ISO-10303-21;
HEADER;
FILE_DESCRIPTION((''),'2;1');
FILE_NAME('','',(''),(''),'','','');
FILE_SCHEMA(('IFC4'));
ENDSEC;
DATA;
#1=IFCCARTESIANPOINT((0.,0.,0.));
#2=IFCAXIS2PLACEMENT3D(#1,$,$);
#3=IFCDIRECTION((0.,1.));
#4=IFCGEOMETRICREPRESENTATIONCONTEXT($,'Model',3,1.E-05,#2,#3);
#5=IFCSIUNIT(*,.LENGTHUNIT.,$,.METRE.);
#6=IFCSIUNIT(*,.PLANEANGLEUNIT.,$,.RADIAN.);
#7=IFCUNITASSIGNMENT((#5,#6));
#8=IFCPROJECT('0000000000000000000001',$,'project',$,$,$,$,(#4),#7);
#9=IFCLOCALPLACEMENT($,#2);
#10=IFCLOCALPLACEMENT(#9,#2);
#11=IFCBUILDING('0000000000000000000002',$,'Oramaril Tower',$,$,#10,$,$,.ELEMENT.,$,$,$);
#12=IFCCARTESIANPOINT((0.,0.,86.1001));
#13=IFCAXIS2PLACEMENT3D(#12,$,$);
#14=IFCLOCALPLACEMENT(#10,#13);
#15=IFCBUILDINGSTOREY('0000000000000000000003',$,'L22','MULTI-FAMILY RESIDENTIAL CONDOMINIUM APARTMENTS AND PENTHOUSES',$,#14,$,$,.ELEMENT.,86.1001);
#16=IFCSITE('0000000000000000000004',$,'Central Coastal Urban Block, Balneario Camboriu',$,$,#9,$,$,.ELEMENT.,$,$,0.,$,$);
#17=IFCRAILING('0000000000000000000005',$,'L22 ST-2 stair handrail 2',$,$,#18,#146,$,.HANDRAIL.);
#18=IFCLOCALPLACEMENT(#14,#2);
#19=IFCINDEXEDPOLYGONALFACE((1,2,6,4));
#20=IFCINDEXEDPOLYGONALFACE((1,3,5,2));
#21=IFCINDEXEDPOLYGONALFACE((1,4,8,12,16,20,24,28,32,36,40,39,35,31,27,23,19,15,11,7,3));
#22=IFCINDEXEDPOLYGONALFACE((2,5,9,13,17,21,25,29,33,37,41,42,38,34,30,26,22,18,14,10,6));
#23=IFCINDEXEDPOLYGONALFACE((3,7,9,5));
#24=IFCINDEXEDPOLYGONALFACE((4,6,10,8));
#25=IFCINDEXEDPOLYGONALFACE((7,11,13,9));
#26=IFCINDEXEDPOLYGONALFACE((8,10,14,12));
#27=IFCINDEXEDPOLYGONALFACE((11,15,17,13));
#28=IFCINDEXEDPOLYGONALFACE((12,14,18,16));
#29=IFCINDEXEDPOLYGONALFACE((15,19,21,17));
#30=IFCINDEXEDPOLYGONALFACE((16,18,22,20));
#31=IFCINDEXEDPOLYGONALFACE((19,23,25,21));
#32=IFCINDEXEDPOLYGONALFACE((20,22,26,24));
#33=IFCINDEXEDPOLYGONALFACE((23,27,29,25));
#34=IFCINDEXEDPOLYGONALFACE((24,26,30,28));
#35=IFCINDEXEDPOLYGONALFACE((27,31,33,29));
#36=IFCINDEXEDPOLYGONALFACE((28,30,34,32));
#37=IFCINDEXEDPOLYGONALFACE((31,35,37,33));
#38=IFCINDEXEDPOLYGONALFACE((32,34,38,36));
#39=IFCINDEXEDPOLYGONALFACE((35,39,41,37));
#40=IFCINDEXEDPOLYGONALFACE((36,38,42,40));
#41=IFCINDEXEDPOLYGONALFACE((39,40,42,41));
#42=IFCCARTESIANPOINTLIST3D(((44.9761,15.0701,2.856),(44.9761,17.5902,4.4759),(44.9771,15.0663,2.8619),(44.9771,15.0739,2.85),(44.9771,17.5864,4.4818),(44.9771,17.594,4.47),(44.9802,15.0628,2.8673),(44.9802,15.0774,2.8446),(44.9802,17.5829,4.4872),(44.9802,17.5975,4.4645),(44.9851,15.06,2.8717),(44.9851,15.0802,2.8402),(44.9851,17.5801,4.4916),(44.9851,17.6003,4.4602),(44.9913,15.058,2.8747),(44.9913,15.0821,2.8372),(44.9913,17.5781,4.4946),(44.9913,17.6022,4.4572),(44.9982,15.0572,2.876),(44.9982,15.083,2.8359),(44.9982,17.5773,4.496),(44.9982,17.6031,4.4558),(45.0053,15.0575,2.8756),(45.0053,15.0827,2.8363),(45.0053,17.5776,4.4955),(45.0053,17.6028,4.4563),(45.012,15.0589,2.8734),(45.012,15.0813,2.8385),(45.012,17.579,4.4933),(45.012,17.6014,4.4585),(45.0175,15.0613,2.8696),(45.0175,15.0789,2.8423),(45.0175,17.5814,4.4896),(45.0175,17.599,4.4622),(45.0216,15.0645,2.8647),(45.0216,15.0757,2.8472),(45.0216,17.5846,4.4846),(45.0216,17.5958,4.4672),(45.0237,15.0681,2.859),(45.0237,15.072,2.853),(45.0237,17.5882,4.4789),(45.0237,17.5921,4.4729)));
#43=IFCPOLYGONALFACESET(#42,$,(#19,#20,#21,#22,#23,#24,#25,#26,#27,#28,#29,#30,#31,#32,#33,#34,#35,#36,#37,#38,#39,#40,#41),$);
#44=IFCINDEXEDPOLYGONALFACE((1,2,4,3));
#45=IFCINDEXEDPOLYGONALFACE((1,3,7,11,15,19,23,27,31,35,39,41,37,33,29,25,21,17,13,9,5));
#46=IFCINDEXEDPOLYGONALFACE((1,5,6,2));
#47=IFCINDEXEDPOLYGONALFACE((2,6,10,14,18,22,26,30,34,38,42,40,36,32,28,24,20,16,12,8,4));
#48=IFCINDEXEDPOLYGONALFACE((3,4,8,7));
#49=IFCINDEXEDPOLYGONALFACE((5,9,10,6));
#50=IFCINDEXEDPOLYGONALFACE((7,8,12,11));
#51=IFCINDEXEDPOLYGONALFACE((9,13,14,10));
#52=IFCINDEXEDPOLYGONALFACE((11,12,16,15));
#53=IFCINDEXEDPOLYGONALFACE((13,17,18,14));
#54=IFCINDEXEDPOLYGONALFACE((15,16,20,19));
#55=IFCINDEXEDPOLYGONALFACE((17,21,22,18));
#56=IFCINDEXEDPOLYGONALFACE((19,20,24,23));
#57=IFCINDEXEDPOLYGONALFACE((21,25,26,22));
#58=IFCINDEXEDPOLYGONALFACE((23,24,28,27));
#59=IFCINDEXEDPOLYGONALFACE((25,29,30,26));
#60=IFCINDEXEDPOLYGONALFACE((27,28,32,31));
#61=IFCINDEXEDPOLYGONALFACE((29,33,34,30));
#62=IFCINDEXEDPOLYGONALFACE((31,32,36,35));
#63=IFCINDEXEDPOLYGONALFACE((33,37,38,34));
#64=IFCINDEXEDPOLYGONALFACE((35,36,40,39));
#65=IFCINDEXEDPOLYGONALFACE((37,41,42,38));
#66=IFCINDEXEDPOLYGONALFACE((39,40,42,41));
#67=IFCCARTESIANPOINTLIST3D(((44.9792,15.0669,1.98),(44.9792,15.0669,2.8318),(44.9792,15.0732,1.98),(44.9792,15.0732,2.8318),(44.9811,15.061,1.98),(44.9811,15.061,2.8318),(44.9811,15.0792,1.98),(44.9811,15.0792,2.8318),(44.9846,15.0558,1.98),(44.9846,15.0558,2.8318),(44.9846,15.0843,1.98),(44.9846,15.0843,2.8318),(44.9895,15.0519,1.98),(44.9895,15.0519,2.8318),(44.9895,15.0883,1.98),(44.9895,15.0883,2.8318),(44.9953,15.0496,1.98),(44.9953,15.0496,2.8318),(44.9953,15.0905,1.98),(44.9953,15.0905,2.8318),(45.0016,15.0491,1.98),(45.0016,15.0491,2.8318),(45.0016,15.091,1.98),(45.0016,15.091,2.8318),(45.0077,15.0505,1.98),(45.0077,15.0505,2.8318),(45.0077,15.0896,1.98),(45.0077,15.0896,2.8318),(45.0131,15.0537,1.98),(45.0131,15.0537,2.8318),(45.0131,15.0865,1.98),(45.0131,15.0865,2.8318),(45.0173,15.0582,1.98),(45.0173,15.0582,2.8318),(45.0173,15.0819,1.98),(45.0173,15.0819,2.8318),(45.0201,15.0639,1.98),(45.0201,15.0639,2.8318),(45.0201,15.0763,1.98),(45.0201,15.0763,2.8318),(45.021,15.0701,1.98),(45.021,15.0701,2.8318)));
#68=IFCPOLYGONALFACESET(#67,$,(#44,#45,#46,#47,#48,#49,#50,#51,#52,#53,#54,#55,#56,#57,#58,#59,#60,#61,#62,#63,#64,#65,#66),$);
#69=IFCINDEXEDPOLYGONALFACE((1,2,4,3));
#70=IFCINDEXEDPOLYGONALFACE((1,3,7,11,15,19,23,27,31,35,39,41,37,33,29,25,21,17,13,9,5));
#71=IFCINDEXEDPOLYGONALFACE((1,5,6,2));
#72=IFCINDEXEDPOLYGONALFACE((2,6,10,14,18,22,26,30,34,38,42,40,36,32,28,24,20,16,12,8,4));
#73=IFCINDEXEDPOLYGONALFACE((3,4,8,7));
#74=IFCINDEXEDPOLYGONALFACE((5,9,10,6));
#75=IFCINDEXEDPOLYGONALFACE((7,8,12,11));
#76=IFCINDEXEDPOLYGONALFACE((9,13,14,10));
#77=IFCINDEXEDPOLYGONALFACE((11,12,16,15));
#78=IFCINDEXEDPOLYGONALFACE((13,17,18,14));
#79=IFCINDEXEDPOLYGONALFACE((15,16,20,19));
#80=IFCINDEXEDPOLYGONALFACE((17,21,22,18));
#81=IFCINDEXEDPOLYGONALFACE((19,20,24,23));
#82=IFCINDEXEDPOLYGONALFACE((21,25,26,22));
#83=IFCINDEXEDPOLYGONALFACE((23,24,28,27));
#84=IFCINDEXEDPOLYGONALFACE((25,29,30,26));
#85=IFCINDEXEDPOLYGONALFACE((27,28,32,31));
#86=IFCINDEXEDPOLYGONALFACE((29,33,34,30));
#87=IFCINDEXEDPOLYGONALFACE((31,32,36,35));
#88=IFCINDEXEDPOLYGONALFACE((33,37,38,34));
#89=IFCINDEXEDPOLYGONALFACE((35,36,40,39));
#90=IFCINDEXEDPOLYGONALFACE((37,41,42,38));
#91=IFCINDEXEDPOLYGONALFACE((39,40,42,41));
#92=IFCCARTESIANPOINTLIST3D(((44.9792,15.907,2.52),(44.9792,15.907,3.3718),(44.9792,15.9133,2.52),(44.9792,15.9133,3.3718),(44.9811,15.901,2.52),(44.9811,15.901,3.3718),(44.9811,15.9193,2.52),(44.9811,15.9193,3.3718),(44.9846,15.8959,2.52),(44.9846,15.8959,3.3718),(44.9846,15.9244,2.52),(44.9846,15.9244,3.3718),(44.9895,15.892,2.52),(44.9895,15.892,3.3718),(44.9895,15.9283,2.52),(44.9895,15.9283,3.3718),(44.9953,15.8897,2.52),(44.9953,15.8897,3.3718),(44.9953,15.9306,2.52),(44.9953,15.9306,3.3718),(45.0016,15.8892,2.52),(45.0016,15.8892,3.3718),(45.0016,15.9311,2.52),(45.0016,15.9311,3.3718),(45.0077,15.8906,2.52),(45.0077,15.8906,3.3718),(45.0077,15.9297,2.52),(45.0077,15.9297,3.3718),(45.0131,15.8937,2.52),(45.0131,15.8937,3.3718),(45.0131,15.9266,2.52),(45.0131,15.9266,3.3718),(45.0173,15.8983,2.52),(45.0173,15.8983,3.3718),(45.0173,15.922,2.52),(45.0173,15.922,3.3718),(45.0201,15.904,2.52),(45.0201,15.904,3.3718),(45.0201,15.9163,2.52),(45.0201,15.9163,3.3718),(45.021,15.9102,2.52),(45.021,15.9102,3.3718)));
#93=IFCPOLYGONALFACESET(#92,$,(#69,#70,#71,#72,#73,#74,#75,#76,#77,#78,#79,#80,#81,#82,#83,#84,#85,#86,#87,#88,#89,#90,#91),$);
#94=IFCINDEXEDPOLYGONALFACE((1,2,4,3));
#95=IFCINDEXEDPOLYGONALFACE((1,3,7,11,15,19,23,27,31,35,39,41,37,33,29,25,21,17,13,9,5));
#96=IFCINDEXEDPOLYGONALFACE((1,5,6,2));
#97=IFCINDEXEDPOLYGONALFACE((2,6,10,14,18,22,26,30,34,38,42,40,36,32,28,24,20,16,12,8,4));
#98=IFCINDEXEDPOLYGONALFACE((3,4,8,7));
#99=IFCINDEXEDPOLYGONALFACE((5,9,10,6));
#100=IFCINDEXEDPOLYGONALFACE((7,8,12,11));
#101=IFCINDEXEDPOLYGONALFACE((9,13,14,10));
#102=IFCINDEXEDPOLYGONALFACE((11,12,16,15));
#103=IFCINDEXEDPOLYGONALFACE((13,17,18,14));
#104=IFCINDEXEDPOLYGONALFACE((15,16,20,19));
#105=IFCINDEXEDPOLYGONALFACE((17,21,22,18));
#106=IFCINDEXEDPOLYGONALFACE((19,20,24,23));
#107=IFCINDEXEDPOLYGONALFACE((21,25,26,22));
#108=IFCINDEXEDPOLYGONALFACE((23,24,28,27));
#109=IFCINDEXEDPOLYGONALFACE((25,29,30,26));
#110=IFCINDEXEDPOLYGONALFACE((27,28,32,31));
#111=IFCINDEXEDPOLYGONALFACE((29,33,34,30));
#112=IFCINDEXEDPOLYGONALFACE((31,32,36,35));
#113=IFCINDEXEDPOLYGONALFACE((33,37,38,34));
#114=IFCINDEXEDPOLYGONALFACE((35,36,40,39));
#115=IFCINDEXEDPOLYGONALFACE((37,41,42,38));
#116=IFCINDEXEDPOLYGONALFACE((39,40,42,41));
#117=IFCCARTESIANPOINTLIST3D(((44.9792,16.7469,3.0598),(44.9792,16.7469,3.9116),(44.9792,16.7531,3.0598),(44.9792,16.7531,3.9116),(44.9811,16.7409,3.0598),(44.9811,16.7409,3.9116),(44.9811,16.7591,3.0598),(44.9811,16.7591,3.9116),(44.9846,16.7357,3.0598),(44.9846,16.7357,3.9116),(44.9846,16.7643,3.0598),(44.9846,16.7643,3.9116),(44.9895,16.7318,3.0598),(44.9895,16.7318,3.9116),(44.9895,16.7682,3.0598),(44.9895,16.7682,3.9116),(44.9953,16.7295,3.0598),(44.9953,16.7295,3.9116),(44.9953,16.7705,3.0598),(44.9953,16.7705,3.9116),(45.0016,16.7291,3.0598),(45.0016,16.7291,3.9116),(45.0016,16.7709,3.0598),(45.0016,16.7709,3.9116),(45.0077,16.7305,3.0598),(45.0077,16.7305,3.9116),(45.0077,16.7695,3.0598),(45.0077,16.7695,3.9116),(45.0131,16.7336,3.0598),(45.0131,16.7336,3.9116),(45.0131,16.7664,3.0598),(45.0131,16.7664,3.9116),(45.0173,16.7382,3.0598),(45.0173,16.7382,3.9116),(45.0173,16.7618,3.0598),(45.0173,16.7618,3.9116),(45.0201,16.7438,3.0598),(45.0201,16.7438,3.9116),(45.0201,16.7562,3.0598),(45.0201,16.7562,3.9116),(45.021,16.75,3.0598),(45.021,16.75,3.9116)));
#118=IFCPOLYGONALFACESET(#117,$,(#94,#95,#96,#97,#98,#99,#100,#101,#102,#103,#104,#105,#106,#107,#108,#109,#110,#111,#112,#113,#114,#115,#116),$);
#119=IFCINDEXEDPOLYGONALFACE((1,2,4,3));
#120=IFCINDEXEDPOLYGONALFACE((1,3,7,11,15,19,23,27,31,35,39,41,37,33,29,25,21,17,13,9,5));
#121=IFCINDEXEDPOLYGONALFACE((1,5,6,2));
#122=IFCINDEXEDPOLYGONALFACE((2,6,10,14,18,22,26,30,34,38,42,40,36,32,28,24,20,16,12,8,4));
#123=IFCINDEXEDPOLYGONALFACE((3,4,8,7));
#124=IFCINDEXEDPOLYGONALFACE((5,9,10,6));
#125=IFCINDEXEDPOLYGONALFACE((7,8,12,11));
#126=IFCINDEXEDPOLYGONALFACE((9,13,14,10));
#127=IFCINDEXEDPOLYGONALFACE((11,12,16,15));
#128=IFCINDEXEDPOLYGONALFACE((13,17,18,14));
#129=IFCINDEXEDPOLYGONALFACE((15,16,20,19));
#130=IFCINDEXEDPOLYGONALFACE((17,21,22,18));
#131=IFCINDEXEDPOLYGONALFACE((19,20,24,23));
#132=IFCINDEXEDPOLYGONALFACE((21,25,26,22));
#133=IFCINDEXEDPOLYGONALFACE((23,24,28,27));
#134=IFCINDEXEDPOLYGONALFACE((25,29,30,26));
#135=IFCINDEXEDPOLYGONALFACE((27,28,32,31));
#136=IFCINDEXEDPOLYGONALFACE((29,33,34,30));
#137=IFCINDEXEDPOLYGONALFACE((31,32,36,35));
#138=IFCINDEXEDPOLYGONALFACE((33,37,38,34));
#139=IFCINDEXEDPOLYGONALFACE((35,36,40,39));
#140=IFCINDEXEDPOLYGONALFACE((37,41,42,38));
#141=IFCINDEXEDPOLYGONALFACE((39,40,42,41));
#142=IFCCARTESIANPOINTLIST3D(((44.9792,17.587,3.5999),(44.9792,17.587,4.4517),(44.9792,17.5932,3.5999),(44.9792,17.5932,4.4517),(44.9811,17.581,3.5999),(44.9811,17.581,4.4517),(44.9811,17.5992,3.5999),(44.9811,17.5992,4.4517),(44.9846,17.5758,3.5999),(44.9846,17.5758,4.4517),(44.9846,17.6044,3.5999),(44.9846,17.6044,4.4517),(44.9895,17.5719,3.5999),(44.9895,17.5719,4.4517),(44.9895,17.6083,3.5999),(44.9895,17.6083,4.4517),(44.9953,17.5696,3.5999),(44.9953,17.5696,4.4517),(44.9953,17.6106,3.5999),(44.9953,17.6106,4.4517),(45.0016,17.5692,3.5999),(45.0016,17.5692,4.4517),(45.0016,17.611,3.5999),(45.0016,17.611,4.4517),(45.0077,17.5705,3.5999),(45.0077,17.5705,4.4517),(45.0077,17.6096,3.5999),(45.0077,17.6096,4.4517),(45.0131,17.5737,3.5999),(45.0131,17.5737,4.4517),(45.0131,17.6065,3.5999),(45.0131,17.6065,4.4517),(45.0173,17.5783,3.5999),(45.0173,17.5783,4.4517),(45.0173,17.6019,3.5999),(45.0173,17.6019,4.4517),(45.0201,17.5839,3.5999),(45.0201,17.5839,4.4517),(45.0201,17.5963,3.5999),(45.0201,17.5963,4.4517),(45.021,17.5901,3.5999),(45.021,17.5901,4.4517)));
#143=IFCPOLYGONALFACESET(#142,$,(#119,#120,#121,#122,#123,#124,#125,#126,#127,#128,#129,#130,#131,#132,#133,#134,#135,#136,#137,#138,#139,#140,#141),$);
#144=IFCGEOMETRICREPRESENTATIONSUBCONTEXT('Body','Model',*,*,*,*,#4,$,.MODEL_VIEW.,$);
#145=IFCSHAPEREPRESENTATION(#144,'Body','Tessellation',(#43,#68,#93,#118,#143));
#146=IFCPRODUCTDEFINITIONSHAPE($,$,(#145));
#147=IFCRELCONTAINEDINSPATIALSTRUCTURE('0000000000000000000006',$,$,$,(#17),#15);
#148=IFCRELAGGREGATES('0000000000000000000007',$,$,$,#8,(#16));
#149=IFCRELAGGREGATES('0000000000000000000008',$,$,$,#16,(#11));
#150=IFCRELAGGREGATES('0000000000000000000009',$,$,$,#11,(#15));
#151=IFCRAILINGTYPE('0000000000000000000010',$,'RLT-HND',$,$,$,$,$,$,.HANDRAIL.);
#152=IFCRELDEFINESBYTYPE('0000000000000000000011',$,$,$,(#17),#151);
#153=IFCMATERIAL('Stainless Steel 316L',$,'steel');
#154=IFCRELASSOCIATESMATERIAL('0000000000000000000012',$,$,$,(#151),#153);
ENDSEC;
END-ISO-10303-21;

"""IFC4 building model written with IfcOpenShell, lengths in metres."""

from ifc_helpers import new_model, si_unit, direction, frame, origin, origin_2d, place, context, subcontext, project, spatial, circle, extrude, material, type_object, element, save


model = new_model("IFC4")

# Units and contexts
model_context = context("Model", 3, precision=1e-05, world=origin(), true_north=direction((0.0, 1.0)))
body_context = subcontext(model_context, "Body", "Model", "MODEL_VIEW")
ifc_project = project(units=[si_unit("LENGTHUNIT", "METRE"), si_unit("PLANEANGLEUNIT", "RADIAN")], contexts=[model_context])

# Site, building, storey
site_placement = place(None, origin())
site = spatial("IfcSite", under=ifc_project, at=site_placement, Name="Central Coastal Urban Block, Balneario Camboriu", CompositionType="ELEMENT", RefElevation=0.0)
building_placement = place(site_placement, origin())
building = spatial("IfcBuilding", under=site, at=building_placement, Name="Oramaril Tower", CompositionType="ELEMENT")
storey_placement = place(building_placement, frame((0.0, 0.0, 86.1001)))
storey = spatial("IfcBuildingStorey", under=building, at=storey_placement, Name="L22", Description="MULTI-FAMILY RESIDENTIAL CONDOMINIUM APARTMENTS AND PENTHOUSES", CompositionType="ELEMENT", Elevation=86.1001)

# Railing
ifc_material_1 = material(Name="Stainless Steel 316L", Category="steel")
railing_type_1 = type_object("IfcRailingType", Name="RLT-HND", PredefinedType="HANDRAIL", material=ifc_material_1)
railing_1_placement = place(storey_placement, frame((45.0, 15.0701, 1.98)))
element("IfcRailing", 1, at=railing_1_placement, inside=storey, type_object=railing_type_1, Name="L22 ST-2 stair handrail 2", PredefinedType="HANDRAIL", context=body_context, shape_type="SweptSolid", body=[
    extrude(circle(Radius=0.0239, at=origin_2d()), frame((0.0, 0.0, 0.876), z_axis=(0.0, 0.8412, 0.540725), x_axis=(-1.0, 0.0, 0.0)), (0.0, 0.0, 1.0), 2.9958),
    extrude(circle(Radius=0.021, at=origin_2d()), origin(), (0.0, 0.0, 1.0), 0.8518),
    extrude(circle(Radius=0.021, at=origin_2d()), frame((0.0, 0.8401, 0.54)), (0.0, 0.0, 1.0), 0.8518),
    extrude(circle(Radius=0.021, at=origin_2d()), frame((0.0, 1.6799, 1.0798)), (0.0, 0.0, 1.0), 0.8518),
    extrude(circle(Radius=0.021, at=origin_2d()), frame((0.0, 2.52, 1.6199)), (0.0, 0.0, 1.0), 0.8518),
])

save(model, "model.ifc")
